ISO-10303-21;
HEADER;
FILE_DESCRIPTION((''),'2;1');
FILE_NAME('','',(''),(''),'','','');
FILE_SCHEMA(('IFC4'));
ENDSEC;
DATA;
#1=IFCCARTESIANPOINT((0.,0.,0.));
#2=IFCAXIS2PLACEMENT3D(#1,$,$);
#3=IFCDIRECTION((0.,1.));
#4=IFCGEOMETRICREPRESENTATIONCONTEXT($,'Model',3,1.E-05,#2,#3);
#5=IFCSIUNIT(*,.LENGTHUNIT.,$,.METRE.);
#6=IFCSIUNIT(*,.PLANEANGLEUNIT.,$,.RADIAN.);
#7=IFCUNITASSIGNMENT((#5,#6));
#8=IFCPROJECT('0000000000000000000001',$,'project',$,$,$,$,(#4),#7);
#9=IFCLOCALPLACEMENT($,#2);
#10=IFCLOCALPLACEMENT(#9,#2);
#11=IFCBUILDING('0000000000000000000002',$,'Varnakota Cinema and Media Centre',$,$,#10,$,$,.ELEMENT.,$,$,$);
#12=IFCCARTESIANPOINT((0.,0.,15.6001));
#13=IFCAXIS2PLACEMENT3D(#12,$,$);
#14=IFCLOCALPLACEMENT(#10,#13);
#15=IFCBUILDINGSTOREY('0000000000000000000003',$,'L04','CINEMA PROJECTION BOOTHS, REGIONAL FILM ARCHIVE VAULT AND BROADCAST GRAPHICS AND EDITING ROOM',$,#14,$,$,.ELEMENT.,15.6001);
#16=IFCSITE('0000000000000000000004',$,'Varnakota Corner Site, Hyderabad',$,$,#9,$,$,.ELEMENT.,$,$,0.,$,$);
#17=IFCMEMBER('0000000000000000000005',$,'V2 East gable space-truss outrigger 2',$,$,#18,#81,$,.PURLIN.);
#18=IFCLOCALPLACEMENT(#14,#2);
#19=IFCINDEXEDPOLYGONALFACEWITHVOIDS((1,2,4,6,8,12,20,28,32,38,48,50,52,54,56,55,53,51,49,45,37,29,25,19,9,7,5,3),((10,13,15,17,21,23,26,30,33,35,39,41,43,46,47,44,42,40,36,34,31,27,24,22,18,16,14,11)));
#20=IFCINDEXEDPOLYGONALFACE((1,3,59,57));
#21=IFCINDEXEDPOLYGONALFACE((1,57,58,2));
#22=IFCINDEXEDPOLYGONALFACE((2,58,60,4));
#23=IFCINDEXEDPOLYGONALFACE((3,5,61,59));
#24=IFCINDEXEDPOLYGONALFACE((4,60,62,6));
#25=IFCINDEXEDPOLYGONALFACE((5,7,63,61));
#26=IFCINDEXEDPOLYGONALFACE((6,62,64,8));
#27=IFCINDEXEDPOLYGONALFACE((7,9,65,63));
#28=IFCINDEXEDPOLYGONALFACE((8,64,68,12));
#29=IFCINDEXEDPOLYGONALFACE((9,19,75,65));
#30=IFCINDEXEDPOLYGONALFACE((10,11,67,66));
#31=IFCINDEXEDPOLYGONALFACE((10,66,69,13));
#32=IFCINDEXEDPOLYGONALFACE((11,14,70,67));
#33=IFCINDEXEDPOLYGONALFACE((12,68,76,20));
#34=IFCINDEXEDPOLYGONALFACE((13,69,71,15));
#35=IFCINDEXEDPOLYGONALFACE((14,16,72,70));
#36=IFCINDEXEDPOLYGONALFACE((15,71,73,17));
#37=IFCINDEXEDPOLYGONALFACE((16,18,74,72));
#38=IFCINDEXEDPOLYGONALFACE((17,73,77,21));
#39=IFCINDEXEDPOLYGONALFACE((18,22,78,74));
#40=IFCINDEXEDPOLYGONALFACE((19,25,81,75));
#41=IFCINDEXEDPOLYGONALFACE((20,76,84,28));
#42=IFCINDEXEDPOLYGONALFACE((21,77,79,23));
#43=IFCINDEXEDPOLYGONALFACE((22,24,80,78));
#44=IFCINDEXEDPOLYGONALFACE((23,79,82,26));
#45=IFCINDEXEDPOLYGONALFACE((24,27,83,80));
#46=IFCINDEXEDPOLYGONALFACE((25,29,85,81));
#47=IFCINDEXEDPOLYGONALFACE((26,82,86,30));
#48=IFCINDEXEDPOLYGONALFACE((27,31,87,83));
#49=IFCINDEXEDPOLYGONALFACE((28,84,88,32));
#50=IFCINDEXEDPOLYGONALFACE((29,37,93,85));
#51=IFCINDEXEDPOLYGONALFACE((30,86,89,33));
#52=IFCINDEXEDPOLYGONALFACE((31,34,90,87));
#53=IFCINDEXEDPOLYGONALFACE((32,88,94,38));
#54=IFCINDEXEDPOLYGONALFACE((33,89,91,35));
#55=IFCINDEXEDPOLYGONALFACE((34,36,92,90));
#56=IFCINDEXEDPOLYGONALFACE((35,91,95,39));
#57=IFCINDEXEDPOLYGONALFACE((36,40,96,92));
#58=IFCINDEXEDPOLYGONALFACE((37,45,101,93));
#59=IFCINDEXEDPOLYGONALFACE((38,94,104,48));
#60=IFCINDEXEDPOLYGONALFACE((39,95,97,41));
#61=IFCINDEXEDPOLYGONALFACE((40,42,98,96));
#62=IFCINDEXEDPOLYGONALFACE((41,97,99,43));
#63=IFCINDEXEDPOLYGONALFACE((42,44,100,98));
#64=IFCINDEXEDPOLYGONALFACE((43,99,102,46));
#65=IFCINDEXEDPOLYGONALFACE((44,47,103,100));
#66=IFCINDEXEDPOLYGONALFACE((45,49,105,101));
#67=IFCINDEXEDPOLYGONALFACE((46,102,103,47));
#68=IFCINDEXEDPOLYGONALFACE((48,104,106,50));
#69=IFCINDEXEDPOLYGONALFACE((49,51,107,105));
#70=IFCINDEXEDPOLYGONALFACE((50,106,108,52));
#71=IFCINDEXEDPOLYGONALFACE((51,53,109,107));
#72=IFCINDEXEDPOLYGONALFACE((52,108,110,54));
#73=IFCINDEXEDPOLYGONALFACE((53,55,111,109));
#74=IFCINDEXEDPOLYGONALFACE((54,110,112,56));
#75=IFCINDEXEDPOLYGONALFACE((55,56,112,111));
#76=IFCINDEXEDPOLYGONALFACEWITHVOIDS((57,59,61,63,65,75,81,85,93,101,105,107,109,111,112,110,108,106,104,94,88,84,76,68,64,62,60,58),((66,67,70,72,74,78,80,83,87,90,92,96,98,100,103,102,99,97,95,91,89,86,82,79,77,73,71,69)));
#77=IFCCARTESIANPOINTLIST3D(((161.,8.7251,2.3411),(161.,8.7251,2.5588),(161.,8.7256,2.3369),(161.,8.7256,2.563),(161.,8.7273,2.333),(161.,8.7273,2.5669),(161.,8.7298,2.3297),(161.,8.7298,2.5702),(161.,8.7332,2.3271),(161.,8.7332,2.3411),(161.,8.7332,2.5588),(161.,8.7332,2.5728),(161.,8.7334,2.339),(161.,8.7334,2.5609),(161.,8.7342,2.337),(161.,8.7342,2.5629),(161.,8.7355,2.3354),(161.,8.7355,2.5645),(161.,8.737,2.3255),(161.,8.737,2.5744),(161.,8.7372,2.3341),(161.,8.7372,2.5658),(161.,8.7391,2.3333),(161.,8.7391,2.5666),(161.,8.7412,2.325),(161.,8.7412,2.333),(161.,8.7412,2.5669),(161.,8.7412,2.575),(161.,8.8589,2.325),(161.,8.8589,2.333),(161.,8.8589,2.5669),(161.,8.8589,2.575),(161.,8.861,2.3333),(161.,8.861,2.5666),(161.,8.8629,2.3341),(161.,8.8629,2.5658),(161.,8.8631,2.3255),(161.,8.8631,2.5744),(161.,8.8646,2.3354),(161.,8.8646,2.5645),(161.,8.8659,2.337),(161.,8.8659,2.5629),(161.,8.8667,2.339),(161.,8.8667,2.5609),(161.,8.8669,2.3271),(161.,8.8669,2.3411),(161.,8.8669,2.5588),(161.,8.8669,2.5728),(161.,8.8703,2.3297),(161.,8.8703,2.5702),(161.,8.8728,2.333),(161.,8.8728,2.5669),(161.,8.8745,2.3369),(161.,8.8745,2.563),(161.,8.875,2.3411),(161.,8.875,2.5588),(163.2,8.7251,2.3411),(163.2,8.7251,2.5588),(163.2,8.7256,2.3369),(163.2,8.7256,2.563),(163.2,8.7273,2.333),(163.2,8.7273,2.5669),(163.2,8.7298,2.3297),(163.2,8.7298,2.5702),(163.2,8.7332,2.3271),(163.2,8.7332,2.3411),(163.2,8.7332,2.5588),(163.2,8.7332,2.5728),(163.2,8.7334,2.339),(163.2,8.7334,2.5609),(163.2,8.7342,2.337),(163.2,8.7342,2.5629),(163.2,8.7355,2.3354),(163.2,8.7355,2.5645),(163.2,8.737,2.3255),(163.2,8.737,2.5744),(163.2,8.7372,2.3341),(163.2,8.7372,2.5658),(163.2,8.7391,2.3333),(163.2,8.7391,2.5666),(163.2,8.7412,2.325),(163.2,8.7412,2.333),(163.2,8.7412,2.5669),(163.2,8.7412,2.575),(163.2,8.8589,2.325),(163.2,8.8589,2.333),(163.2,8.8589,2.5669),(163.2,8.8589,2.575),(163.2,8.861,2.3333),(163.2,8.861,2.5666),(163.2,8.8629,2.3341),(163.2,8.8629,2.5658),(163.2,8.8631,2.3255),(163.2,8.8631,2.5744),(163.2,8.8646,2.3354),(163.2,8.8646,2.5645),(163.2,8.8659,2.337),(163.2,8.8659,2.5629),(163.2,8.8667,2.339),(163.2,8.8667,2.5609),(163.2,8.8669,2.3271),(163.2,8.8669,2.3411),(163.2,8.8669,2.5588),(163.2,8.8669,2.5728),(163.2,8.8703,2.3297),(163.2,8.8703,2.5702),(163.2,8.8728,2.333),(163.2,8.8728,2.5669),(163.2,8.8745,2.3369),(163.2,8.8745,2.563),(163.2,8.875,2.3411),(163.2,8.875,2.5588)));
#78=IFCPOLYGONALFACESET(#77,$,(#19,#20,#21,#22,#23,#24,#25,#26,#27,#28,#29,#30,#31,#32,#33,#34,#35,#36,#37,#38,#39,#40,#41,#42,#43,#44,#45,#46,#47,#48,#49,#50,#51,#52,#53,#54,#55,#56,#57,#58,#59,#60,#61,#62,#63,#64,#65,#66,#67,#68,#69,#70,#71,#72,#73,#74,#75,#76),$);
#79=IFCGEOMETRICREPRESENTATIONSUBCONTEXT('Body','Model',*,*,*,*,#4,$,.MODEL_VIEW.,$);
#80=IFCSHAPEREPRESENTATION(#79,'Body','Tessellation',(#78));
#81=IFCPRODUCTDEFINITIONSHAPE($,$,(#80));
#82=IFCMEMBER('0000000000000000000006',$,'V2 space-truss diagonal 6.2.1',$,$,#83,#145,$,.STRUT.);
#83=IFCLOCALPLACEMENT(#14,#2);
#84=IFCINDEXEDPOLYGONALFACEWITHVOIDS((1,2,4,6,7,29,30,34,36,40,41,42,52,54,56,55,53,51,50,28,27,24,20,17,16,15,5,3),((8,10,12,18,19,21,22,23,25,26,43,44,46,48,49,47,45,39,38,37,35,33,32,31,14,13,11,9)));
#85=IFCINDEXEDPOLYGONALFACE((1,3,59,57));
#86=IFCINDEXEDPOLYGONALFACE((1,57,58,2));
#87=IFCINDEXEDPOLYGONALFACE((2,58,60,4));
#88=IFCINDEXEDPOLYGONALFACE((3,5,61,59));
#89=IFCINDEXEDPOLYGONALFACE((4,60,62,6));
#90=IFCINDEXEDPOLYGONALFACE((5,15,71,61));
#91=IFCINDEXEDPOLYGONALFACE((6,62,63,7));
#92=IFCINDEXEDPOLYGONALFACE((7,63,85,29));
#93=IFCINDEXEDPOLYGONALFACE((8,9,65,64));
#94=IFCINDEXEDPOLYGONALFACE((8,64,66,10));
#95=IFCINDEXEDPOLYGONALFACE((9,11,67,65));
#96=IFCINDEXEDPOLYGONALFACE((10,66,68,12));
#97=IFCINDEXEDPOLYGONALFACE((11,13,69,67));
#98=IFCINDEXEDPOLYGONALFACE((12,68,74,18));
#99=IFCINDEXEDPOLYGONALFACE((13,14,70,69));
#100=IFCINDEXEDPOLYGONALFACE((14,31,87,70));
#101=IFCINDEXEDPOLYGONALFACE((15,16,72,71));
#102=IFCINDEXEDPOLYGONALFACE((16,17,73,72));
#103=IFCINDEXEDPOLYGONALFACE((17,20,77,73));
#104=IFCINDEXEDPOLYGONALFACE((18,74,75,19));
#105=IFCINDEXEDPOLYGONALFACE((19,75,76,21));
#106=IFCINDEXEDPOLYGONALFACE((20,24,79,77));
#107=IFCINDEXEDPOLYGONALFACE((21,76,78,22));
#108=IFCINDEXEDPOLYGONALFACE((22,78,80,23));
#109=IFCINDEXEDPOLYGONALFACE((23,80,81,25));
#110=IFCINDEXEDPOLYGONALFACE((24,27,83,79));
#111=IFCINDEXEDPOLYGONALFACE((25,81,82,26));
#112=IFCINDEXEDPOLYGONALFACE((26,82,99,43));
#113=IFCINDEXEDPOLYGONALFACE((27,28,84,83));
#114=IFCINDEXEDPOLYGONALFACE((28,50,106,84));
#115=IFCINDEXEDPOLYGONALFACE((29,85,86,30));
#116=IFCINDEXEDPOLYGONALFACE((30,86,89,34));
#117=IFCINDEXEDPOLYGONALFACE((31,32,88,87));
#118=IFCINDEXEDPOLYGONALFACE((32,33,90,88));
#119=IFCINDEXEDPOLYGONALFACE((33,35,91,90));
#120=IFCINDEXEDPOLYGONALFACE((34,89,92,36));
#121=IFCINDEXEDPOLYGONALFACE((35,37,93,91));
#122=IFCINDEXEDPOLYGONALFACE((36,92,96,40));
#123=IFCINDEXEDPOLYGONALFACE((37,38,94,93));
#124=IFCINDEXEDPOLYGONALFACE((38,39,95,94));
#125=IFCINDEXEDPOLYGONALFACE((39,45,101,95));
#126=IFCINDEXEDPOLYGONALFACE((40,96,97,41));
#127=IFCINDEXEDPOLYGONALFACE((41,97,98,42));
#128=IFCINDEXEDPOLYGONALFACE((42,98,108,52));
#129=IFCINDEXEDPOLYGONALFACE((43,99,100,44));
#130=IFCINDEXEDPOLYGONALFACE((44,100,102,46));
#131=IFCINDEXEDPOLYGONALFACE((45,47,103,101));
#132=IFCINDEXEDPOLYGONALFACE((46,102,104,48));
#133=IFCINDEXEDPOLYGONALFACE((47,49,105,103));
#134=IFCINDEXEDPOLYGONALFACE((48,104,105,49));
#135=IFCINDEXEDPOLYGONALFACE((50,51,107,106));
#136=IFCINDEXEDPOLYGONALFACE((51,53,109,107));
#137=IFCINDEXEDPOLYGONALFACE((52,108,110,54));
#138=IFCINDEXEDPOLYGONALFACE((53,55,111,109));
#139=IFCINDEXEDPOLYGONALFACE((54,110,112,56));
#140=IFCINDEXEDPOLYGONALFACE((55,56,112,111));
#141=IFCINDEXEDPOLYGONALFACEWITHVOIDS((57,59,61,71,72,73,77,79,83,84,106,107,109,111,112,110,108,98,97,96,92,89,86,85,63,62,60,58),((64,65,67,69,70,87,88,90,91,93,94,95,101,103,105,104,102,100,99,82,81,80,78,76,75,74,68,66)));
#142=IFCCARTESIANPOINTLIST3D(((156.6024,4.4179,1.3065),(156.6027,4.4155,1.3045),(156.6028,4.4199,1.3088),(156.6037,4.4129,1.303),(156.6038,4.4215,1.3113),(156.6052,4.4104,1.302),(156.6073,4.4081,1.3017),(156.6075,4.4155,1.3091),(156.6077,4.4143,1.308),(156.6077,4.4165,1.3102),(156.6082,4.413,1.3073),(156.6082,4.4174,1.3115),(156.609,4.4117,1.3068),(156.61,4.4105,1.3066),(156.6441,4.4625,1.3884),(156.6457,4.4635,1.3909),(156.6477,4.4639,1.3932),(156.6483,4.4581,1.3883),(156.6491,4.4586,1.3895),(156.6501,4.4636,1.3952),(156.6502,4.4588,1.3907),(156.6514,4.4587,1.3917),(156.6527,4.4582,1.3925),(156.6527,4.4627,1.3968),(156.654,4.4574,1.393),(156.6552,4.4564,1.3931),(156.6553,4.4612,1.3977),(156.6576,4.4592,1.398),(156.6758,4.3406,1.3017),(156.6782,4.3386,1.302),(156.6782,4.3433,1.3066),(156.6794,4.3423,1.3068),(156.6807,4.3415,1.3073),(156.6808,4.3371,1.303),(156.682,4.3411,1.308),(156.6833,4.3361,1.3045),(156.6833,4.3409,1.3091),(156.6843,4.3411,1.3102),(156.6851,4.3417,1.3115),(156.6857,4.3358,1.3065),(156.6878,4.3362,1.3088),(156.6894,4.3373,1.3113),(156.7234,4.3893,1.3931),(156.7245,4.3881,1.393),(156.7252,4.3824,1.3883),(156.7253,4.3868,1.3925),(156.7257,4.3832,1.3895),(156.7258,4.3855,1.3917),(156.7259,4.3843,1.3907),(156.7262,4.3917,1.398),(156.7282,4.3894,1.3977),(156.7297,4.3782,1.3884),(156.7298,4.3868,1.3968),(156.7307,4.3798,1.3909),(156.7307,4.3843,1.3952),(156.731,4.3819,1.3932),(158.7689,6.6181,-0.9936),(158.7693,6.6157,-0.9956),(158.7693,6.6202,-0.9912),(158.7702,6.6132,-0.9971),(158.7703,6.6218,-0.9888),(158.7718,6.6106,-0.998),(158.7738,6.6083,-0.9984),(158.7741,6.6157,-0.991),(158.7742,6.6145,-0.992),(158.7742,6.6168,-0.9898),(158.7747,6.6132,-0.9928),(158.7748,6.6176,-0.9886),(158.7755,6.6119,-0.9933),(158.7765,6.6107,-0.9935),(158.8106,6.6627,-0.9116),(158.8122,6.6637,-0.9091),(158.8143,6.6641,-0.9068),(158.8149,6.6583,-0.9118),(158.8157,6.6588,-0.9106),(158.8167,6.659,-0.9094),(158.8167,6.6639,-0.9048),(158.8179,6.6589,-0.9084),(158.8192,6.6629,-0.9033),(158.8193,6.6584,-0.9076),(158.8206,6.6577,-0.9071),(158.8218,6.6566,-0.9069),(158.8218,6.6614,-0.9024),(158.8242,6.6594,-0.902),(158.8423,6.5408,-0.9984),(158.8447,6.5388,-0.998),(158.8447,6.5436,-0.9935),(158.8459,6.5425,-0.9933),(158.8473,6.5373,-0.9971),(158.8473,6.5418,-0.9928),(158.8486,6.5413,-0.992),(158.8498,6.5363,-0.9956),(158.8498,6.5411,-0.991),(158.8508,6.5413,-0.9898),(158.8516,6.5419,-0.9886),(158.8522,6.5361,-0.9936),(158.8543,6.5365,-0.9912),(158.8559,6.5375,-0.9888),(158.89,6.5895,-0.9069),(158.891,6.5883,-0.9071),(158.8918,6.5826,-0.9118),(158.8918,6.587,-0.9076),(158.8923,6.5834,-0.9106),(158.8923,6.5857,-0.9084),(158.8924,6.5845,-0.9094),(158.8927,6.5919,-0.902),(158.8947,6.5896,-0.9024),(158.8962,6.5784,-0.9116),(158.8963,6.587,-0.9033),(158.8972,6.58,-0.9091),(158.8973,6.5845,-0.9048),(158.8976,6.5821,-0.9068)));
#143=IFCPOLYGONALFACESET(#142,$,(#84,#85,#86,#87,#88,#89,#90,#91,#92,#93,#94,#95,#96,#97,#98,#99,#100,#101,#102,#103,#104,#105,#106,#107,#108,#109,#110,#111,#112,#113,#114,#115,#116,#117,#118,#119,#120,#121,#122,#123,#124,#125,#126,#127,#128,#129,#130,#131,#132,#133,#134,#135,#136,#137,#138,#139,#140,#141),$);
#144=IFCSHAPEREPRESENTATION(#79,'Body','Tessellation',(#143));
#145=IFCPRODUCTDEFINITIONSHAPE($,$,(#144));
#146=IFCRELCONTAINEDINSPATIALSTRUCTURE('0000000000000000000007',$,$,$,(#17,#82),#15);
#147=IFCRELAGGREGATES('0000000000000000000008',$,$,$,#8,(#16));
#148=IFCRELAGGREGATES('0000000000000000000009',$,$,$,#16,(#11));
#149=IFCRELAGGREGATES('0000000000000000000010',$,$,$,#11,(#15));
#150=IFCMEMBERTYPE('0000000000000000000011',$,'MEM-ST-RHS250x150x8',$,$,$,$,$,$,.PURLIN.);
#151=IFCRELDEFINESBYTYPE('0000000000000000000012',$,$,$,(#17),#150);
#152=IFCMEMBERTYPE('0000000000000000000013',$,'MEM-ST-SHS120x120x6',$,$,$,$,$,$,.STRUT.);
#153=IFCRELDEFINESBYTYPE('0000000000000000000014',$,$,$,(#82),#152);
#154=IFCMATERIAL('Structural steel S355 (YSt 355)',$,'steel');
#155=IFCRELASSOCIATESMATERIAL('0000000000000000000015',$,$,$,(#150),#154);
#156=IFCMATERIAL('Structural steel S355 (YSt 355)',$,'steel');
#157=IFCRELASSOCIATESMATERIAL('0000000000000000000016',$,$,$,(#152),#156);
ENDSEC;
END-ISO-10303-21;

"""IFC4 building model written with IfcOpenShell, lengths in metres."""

from ifc_helpers import new_model, si_unit, direction, frame, origin, origin_2d, place, context, subcontext, project, spatial, hollow_rectangle, extrude, material, material_profile, profile_set, type_object, element, save


model = new_model("IFC4")

# Units and contexts
model_context = context("Model", 3, precision=1e-05, world=origin(), true_north=direction((0.0, 1.0)))
body_context = subcontext(model_context, "Body", "Model", "MODEL_VIEW")
ifc_project = project(units=[si_unit("LENGTHUNIT", "METRE"), si_unit("PLANEANGLEUNIT", "RADIAN")], contexts=[model_context])

# Site, building, storey
site_placement = place(None, origin())
site = spatial("IfcSite", under=ifc_project, at=site_placement, Name="Varnakota Corner Site, Hyderabad", CompositionType="ELEMENT", RefElevation=0.0)
building_placement = place(site_placement, origin())
building = spatial("IfcBuilding", under=site, at=building_placement, Name="Varnakota Cinema and Media Centre", CompositionType="ELEMENT")
storey_placement = place(building_placement, frame((0.0, 0.0, 15.6001)))
storey = spatial("IfcBuildingStorey", under=building, at=storey_placement, Name="L04", Description="CINEMA PROJECTION BOOTHS, REGIONAL FILM ARCHIVE VAULT AND BROADCAST GRAPHICS AND EDITING ROOM", CompositionType="ELEMENT", Elevation=15.6001)

# Members
ifc_material_1 = material(Name="Structural steel S355 (YSt 355)", Category="steel")
ifc_material_profile_1 = material_profile(ifc_material_1, hollow_rectangle(XDim=0.1499, YDim=0.25, WallThickness=0.0081, InnerFilletRadius=0.0081, OuterFilletRadius=0.0161, at=origin_2d()), Name="RHS 250x150x8")
ifc_profile_set_1 = profile_set([ifc_material_profile_1], Name="Structural steel S355 (YSt 355)")
member_type_1 = type_object("IfcMemberType", Name="MEM-ST-RHS250x150x8", PredefinedType="PURLIN", material=ifc_profile_set_1)
member_1_placement = place(storey_placement, frame((161.0, 8.8, 2.45), z_axis=(1.0, 0.0, 0.0), x_axis=(0.0, 1.0, 0.0)))
element("IfcMember", 1, at=member_1_placement, inside=storey, type_object=member_type_1, Name="V2 East gable space-truss outrigger 2", PredefinedType="PURLIN", context=body_context, shape_type="SweptSolid", body=[
    extrude(hollow_rectangle(XDim=0.1499, YDim=0.25, WallThickness=0.0081, InnerFilletRadius=0.0081, OuterFilletRadius=0.0161, at=origin_2d()), origin(), (0.0, 0.0, 1.0), 2.2),
])
ifc_material_2 = material(Name="Structural steel S355 (YSt 355)", Category="steel")
ifc_material_profile_2 = material_profile(ifc_material_2, hollow_rectangle(XDim=0.1201, YDim=0.1201, WallThickness=0.0061, InnerFilletRadius=0.0061, OuterFilletRadius=0.012, at=origin_2d()), Name="SHS 120x120x6")
ifc_profile_set_2 = profile_set([ifc_material_profile_2], Name="Structural steel S355 (YSt 355)")
member_type_2 = type_object("IfcMemberType", Name="MEM-ST-SHS120x120x6", PredefinedType="STRUT", material=ifc_profile_set_2)
member_2_placement = place(storey_placement, frame((158.8333, 6.6001, -0.9502), z_axis=(-0.562684, -0.571435, 0.597368), x_axis=(0.712541, -0.70163, 0.0)))
element("IfcMember", 2, at=member_2_placement, inside=storey, type_object=member_type_2, Name="V2 space-truss diagonal 6.2.1", PredefinedType="STRUT", context=body_context, shape_type="SweptSolid", body=[
    extrude(hollow_rectangle(XDim=0.1201, YDim=0.1201, WallThickness=0.0061, InnerFilletRadius=0.0061, OuterFilletRadius=0.012, at=origin_2d()), origin(), (0.0, 0.0, 1.0), 3.8503),
])

save(model, "model.ifc")
